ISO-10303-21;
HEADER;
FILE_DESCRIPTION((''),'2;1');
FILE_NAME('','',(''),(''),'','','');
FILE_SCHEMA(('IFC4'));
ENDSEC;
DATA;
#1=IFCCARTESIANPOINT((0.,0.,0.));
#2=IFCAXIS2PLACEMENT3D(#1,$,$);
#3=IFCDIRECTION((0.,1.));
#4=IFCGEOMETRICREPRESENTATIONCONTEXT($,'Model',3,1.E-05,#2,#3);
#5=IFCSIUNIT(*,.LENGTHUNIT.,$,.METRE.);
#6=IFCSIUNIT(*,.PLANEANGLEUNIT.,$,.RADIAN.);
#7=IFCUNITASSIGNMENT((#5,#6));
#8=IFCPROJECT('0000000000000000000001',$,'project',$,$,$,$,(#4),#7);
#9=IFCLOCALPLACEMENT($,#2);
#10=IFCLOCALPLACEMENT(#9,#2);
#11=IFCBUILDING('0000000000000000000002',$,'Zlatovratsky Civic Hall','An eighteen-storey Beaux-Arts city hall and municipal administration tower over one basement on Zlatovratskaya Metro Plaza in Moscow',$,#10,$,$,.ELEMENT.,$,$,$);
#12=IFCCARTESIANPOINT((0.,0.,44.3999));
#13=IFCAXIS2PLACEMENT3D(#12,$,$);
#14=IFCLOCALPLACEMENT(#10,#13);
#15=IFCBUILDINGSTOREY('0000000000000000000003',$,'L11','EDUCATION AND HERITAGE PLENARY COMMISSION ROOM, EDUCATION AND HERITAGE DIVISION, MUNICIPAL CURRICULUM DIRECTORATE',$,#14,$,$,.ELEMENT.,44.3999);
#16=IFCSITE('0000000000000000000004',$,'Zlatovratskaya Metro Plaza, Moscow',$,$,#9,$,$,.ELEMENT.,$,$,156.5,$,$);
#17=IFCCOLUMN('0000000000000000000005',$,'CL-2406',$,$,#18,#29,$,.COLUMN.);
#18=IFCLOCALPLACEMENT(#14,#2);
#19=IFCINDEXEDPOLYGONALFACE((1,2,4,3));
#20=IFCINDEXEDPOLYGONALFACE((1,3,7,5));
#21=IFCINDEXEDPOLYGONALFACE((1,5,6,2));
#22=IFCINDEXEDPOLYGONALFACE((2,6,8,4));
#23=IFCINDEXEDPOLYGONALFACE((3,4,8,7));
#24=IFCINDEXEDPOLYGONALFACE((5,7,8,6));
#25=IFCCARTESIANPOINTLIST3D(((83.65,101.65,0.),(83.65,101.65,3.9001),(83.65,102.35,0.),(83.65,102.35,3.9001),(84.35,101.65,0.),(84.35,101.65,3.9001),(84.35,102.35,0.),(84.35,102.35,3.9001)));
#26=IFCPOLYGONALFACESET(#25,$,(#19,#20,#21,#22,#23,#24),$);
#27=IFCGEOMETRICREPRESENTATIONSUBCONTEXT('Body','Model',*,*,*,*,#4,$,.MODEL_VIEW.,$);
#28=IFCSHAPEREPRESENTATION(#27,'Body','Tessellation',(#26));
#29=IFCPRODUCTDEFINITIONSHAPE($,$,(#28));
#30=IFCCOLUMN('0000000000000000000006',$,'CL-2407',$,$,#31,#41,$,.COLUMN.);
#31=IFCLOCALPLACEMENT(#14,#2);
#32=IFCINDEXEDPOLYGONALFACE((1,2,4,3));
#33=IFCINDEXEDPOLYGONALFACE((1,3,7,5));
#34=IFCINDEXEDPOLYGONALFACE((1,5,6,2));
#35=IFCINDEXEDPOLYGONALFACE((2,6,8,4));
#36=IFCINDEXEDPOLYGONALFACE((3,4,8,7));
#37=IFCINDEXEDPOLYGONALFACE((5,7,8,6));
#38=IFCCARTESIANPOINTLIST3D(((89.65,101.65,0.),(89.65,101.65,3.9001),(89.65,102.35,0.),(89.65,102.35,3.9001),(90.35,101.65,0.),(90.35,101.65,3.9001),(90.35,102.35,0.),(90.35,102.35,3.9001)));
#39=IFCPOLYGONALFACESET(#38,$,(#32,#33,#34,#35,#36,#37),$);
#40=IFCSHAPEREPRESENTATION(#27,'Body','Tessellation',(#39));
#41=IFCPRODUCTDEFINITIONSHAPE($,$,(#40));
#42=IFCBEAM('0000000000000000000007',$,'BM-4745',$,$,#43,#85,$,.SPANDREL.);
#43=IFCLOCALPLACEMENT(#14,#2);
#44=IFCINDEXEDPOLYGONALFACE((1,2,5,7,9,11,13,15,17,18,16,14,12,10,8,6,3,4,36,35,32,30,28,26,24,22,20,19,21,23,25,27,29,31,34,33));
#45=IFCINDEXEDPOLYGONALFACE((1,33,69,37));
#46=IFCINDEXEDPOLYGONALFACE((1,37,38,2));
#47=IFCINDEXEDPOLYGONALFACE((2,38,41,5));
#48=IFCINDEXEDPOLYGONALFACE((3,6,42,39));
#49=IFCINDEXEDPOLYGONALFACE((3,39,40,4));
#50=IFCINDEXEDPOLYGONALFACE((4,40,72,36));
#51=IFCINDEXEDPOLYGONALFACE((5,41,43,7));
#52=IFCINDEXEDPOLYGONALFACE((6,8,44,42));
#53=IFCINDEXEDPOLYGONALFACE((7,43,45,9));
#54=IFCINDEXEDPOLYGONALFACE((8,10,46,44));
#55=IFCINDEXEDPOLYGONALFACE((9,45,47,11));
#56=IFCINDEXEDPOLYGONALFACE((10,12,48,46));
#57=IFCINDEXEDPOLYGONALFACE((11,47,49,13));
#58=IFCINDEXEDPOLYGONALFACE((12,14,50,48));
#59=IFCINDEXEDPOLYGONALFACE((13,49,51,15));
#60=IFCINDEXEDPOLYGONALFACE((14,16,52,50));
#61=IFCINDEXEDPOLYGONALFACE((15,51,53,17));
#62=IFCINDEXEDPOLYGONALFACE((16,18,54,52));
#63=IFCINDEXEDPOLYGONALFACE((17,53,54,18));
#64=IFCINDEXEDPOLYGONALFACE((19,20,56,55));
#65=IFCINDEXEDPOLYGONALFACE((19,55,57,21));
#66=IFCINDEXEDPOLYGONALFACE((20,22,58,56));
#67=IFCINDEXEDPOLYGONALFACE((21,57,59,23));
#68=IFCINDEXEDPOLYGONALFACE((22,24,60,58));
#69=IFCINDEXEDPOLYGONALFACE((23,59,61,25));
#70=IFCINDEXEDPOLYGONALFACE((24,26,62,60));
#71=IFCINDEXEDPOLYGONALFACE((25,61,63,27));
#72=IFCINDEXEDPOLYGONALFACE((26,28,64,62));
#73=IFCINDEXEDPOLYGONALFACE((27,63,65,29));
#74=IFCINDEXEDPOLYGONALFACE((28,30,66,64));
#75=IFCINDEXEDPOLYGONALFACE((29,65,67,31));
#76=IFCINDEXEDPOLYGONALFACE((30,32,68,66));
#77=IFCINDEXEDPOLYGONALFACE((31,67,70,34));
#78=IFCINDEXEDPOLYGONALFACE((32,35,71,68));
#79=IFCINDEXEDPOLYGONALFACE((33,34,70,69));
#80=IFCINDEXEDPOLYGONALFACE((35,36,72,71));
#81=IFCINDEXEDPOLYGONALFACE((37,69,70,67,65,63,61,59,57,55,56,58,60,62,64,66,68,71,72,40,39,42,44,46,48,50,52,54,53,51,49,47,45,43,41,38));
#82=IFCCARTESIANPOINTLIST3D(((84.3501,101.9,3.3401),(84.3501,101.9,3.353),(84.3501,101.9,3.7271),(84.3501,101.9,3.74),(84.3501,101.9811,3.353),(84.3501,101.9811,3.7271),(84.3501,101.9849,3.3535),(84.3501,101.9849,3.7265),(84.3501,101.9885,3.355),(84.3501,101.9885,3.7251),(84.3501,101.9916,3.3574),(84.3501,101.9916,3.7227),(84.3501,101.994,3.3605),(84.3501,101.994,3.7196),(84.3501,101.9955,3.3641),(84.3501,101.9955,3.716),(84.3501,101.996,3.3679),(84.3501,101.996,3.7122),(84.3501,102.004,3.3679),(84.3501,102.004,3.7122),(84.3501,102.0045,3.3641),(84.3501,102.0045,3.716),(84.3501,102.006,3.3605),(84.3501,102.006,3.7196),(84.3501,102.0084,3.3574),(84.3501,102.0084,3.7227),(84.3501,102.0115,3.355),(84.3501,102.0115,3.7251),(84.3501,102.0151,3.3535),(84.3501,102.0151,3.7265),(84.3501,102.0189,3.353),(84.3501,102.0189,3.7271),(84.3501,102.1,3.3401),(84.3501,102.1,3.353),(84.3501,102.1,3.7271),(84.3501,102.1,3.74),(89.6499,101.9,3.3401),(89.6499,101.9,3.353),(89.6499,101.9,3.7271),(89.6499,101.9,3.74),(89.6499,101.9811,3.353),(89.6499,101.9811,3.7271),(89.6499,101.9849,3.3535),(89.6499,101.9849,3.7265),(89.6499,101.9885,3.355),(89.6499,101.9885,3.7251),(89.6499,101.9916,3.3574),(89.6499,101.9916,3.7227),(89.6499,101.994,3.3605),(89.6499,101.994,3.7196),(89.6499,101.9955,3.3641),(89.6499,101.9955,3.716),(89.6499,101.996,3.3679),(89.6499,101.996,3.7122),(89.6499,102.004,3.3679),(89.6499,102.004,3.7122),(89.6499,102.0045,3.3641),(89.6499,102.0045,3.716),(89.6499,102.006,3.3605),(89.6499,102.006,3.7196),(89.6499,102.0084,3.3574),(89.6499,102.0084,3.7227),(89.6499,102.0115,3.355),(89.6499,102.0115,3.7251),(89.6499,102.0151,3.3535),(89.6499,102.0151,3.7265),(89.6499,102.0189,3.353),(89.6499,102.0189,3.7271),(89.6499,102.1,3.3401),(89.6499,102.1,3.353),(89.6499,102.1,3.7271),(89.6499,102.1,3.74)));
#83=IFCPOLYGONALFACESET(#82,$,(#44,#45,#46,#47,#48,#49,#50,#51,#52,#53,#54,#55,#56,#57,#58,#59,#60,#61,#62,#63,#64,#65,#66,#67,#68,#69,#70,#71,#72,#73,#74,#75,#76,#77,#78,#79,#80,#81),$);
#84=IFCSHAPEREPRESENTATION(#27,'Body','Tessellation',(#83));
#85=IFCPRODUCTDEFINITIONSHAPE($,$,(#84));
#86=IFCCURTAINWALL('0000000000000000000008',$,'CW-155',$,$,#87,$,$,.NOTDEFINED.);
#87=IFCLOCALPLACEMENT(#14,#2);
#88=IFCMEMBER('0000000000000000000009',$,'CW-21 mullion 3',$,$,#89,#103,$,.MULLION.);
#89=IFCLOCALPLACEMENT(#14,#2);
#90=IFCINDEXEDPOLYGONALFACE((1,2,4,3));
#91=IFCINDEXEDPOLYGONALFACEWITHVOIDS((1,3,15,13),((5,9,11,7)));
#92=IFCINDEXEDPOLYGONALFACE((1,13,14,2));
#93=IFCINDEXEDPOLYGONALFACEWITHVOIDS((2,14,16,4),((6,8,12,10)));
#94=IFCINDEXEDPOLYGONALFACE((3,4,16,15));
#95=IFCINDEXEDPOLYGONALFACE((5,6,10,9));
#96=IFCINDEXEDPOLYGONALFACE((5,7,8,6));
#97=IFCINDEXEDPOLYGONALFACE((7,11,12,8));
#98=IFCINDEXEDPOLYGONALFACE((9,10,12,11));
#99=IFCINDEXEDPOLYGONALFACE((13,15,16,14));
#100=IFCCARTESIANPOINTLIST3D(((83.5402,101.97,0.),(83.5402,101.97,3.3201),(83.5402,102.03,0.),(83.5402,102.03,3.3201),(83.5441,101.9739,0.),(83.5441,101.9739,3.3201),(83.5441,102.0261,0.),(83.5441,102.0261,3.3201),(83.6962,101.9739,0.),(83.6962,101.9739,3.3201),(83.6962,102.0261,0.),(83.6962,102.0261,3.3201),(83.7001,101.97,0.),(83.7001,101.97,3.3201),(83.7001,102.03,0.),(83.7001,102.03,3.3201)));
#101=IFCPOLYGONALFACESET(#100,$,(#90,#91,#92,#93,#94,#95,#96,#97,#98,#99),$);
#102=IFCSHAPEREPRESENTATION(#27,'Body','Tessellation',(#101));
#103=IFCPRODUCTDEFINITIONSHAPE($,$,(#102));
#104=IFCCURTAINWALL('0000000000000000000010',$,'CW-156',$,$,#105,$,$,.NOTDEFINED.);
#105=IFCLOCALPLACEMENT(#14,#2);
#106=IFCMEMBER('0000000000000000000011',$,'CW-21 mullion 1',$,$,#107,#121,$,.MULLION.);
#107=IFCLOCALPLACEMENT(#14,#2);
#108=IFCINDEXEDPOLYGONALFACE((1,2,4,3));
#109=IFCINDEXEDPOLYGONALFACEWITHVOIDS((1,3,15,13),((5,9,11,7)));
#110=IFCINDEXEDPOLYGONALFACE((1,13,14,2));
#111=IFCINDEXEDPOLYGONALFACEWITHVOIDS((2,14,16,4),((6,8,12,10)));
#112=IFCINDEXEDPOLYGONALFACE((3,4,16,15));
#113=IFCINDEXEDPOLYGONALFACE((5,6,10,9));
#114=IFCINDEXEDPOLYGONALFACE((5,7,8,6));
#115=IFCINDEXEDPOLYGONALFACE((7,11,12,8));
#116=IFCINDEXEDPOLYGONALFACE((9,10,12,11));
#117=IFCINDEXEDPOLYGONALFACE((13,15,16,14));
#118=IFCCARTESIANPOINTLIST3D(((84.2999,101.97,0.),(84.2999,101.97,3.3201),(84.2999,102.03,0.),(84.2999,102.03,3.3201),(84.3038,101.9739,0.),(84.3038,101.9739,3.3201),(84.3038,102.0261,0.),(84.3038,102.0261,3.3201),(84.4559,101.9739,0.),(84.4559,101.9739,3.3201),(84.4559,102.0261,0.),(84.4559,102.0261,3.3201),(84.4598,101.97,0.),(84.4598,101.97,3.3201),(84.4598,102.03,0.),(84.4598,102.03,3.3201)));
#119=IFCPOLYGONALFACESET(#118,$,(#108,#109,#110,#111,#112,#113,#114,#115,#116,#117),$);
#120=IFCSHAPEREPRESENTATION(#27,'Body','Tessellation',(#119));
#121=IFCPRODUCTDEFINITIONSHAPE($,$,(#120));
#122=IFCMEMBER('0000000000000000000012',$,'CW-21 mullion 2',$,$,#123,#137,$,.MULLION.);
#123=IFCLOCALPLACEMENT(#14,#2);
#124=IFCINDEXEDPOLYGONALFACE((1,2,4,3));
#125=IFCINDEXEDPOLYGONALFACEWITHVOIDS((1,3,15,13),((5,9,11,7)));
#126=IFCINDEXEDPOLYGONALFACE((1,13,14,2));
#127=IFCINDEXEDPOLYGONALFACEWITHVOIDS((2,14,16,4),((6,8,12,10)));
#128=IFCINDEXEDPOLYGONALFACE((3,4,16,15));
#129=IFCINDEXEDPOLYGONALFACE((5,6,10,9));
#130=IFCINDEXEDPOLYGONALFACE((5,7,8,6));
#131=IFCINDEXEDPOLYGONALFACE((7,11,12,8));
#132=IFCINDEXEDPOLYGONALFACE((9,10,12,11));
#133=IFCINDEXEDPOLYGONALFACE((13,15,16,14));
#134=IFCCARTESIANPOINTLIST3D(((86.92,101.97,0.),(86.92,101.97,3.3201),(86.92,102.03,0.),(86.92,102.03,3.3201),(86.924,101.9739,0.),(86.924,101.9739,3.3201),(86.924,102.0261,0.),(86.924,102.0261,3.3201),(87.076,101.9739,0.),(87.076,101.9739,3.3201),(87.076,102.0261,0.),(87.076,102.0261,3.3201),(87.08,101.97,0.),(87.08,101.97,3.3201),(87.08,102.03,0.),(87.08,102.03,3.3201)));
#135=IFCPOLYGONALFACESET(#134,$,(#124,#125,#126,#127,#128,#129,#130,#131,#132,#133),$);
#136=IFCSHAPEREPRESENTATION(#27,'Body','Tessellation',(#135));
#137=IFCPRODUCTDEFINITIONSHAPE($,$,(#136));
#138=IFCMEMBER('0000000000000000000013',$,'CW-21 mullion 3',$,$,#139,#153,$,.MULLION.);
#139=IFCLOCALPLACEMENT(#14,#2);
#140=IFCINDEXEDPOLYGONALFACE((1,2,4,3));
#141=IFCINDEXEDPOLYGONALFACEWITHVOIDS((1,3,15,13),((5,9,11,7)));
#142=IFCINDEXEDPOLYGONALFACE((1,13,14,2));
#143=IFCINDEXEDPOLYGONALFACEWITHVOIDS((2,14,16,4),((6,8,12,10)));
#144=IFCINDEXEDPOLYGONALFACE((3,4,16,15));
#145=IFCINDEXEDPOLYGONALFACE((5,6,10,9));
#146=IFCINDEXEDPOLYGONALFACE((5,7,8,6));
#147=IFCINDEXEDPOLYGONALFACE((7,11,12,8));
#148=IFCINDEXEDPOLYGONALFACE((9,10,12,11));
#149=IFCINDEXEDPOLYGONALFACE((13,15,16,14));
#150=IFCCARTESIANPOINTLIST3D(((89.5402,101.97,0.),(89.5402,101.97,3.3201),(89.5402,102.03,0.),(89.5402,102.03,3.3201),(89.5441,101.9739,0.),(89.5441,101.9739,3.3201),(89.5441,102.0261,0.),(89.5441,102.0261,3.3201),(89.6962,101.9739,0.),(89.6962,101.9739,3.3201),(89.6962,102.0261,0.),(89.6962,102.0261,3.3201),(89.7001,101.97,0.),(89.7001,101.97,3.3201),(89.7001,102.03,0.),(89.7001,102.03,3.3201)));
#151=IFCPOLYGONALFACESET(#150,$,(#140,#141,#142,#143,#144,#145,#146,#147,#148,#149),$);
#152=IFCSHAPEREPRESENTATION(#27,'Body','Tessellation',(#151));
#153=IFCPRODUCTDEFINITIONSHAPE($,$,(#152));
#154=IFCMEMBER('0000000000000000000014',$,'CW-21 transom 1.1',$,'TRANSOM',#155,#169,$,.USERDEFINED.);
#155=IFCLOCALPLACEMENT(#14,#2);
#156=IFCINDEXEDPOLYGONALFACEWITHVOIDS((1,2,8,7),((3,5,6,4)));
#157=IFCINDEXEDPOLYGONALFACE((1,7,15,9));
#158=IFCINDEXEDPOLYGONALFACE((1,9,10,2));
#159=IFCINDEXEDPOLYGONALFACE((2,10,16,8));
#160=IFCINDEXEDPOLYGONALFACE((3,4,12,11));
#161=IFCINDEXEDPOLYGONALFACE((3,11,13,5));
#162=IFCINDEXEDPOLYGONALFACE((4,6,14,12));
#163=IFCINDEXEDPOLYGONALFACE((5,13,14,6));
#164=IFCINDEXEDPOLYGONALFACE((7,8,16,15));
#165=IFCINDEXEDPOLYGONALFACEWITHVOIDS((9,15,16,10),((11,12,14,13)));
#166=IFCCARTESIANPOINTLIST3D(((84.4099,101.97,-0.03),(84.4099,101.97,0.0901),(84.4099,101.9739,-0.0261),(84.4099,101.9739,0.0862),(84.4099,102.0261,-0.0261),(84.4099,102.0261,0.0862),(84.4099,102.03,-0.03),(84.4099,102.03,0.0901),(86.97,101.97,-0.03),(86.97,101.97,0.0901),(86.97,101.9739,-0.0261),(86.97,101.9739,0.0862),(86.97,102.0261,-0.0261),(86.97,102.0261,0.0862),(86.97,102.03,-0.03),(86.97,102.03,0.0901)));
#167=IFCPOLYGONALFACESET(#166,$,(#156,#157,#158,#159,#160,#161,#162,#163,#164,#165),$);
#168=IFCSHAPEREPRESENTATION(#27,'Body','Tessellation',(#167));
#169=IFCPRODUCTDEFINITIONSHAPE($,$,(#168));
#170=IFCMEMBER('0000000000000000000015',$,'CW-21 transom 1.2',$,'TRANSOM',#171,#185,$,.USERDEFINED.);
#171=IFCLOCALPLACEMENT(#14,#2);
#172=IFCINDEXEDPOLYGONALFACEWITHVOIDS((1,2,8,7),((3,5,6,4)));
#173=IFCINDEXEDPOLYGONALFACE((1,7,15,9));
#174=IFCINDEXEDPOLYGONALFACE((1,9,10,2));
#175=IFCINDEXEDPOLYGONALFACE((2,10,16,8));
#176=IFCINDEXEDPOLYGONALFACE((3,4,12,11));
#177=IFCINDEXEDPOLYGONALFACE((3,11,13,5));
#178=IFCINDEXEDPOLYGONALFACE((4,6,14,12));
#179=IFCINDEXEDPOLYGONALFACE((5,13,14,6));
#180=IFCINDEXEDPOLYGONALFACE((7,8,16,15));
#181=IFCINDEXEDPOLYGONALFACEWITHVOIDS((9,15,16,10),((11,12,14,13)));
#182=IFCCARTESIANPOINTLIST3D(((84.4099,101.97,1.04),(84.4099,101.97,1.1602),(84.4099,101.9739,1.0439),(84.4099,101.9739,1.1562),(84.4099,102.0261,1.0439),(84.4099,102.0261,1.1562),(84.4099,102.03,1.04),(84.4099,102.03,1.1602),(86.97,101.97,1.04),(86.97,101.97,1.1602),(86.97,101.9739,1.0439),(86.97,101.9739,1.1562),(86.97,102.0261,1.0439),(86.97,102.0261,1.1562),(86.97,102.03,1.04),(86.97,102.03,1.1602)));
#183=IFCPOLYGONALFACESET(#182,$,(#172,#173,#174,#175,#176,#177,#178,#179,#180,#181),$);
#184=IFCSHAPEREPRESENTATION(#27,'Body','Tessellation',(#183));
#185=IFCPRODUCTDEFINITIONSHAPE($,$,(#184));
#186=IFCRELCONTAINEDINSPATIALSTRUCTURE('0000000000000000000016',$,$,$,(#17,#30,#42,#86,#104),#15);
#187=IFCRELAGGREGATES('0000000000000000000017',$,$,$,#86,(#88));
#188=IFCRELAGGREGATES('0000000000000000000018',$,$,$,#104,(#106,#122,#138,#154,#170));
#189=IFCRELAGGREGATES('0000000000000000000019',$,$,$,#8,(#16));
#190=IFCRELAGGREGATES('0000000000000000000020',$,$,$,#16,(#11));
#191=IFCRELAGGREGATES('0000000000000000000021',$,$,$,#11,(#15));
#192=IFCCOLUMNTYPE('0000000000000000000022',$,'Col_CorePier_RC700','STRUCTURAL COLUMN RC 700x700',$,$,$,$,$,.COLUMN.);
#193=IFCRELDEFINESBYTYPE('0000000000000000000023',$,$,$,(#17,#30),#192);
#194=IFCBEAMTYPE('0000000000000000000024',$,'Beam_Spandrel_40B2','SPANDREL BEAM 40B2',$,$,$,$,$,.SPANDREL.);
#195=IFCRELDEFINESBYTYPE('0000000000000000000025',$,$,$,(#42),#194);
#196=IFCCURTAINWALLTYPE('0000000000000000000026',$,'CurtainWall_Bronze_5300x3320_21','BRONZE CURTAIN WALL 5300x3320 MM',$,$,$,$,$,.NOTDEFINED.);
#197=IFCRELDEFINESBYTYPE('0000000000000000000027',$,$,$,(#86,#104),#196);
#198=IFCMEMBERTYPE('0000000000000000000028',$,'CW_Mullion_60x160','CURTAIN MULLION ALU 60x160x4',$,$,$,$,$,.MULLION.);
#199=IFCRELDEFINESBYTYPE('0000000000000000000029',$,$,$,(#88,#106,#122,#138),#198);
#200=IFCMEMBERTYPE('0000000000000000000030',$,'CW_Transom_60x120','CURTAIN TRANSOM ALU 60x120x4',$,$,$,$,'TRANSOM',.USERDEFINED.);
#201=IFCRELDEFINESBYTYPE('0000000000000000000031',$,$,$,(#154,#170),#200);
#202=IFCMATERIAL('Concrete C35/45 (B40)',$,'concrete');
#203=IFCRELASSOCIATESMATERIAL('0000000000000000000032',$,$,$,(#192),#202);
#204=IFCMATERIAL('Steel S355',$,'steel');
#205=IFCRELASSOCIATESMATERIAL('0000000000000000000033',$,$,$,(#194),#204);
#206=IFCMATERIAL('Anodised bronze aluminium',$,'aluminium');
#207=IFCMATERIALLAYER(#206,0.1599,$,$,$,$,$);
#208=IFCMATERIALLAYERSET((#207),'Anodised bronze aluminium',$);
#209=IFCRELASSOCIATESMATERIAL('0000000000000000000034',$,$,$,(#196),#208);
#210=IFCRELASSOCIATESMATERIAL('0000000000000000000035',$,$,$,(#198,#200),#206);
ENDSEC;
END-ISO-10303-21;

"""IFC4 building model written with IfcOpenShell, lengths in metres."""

from ifc_helpers import new_model, si_unit, direction, frame, origin, origin_2d, place, context, subcontext, project, spatial, rectangle, hollow_rectangle, i_section, extrude, material, layer, layer_set, material_profile, profile_set, type_object, element, aggregate, save


model = new_model("IFC4")

# Units and contexts
model_context = context("Model", 3, precision=1e-05, world=origin(), true_north=direction((0.0, 1.0)))
body_context = subcontext(model_context, "Body", "Model", "MODEL_VIEW")
ifc_project = project(units=[si_unit("LENGTHUNIT", "METRE"), si_unit("PLANEANGLEUNIT", "RADIAN")], contexts=[model_context])

# Site, building, storey
site_placement = place(None, origin())
site = spatial("IfcSite", under=ifc_project, at=site_placement, Name="Zlatovratskaya Metro Plaza, Moscow", CompositionType="ELEMENT", RefElevation=156.5)
building_placement = place(site_placement, origin())
building = spatial("IfcBuilding", under=site, at=building_placement, Name="Zlatovratsky Civic Hall", Description="An eighteen-storey Beaux-Arts city hall and municipal administration tower over one basement on Zlatovratskaya Metro Plaza in Moscow", CompositionType="ELEMENT")
storey_placement = place(building_placement, frame((0.0, 0.0, 44.3999)))
storey = spatial("IfcBuildingStorey", under=building, at=storey_placement, Name="L11", Description="EDUCATION AND HERITAGE PLENARY COMMISSION ROOM, EDUCATION AND HERITAGE DIVISION, MUNICIPAL CURRICULUM DIRECTORATE", CompositionType="ELEMENT", Elevation=44.3999)

# Columns
ifc_material_1 = material(Name="Concrete C35/45 (B40)", Category="concrete")
ifc_material_profile_1 = material_profile(ifc_material_1, rectangle(XDim=0.7, YDim=0.7, at=origin_2d()), Name="RC 700x700")
ifc_profile_set_1 = profile_set([ifc_material_profile_1], Name="Concrete C35/45 (B40)")
column_type = type_object("IfcColumnType", Name="Col_CorePier_RC700", Description="STRUCTURAL COLUMN RC 700x700", PredefinedType="COLUMN", material=ifc_profile_set_1)
for number, where, z_axis, x_axis, name in (
    (1, (84.0, 102.0, 0.0), (0.0, 0.0, 1.0), (1.0, 0.0, 0.0), "CL-2406"),
    (2, (90.0, 102.0, 0.0), (0.0, 0.0, 1.0), (1.0, 0.0, 0.0), "CL-2407"),
):
    element("IfcColumn", number, at=place(storey_placement, frame(where, z_axis=z_axis, x_axis=x_axis)), inside=storey, type_object=column_type, Name=name, PredefinedType="COLUMN", context=body_context, shape_type="SweptSolid", body=[
        extrude(rectangle(XDim=0.7, YDim=0.7, at=origin_2d()), origin(), (0.0, 0.0, 1.0), 3.9001),
    ])

# Beam
ifc_material_2 = material(Name="Steel S355", Category="steel")
ifc_material_profile_2 = material_profile(ifc_material_2, i_section(OverallWidth=0.2, OverallDepth=0.3999, WebThickness=0.0081, FlangeThickness=0.0129, FilletRadius=0.0149, at=origin_2d()), Name="40B2")
ifc_profile_set_2 = profile_set([ifc_material_profile_2], Name="Steel S355")
beam_type = type_object("IfcBeamType", Name="Beam_Spandrel_40B2", Description="SPANDREL BEAM 40B2", PredefinedType="SPANDREL", material=ifc_profile_set_2)
beam_placement = place(storey_placement, frame((84.3501, 102.0, 3.54), z_axis=(1.0, 0.0, 0.0), x_axis=(0.0, 1.0, 0.0)))
element("IfcBeam", 3, at=beam_placement, inside=storey, type_object=beam_type, Name="BM-4745", PredefinedType="SPANDREL", context=body_context, shape_type="SweptSolid", body=[
    extrude(i_section(OverallWidth=0.2, OverallDepth=0.3999, WebThickness=0.0081, FlangeThickness=0.0129, FilletRadius=0.0149, at=origin_2d()), origin(), (0.0, 0.0, 1.0), 5.2998),
])

# Curtain wall, member
ifc_material_3 = material(Name="Anodised bronze aluminium", Category="aluminium")
ifc_layer_1 = layer(ifc_material_3, 0.1599)
ifc_layer_set_1 = layer_set([ifc_layer_1], Name="Anodised bronze aluminium")
curtain_wall_type = type_object("IfcCurtainWallType", Name="CurtainWall_Bronze_5300x3320_21", Description="BRONZE CURTAIN WALL 5300x3320 MM", PredefinedType="NOTDEFINED", material=ifc_layer_set_1)
curtain_wall_1_placement = place(storey_placement, origin())
curtain_wall_1 = element("IfcCurtainWall", 4, at=curtain_wall_1_placement, inside=storey, type_object=curtain_wall_type, Name="CW-155", PredefinedType="NOTDEFINED")
ifc_material_profile_3 = material_profile(ifc_material_3, hollow_rectangle(XDim=0.0601, YDim=0.1599, WallThickness=0.0039, at=origin_2d()), Name="ALU 60x160x4")
ifc_profile_set_3 = profile_set([ifc_material_profile_3], Name="Anodised bronze aluminium")
member_type_1 = type_object("IfcMemberType", Name="CW_Mullion_60x160", Description="CURTAIN MULLION ALU 60x160x4", PredefinedType="MULLION", material=ifc_profile_set_3)
member_1_placement = place(storey_placement, frame((83.6201, 102.0, 0.0), z_axis=(0.0, 0.0, 1.0), x_axis=(0.0, 1.0, 0.0)))
member_1 = element("IfcMember", 5, at=member_1_placement, type_object=member_type_1, Name="CW-21 mullion 3", PredefinedType="MULLION", context=body_context, shape_type="SweptSolid", body=[
    extrude(hollow_rectangle(XDim=0.0601, YDim=0.1599, WallThickness=0.0039, at=origin_2d()), origin(), (0.0, 0.0, 1.0), 3.3201),
])

# Curtain wall, members
curtain_wall_2_placement = place(storey_placement, origin())
curtain_wall_2 = element("IfcCurtainWall", 6, at=curtain_wall_2_placement, inside=storey, type_object=curtain_wall_type, Name="CW-156", PredefinedType="NOTDEFINED")
member_2_placement = place(storey_placement, frame((84.3799, 102.0, 0.0), z_axis=(0.0, 0.0, 1.0), x_axis=(0.0, 1.0, 0.0)))
member_2 = element("IfcMember", 7, at=member_2_placement, type_object=member_type_1, Name="CW-21 mullion 1", PredefinedType="MULLION", context=body_context, shape_type="SweptSolid", body=[
    extrude(hollow_rectangle(XDim=0.0601, YDim=0.1599, WallThickness=0.0039, at=origin_2d()), origin(), (0.0, 0.0, 1.0), 3.3201),
])
member_3_placement = place(storey_placement, frame((87.0, 102.0, 0.0), z_axis=(0.0, 0.0, 1.0), x_axis=(0.0, 1.0, 0.0)))
member_3 = element("IfcMember", 8, at=member_3_placement, type_object=member_type_1, Name="CW-21 mullion 2", PredefinedType="MULLION", context=body_context, shape_type="SweptSolid", body=[
    extrude(hollow_rectangle(XDim=0.0601, YDim=0.1599, WallThickness=0.0039, at=origin_2d()), origin(), (0.0, 0.0, 1.0), 3.3201),
])
member_4_placement = place(storey_placement, frame((89.6201, 102.0, 0.0), z_axis=(0.0, 0.0, 1.0), x_axis=(0.0, 1.0, 0.0)))
member_4 = element("IfcMember", 9, at=member_4_placement, type_object=member_type_1, Name="CW-21 mullion 3", PredefinedType="MULLION", context=body_context, shape_type="SweptSolid", body=[
    extrude(hollow_rectangle(XDim=0.0601, YDim=0.1599, WallThickness=0.0039, at=origin_2d()), origin(), (0.0, 0.0, 1.0), 3.3201),
])
ifc_material_profile_4 = material_profile(ifc_material_3, hollow_rectangle(XDim=0.0601, YDim=0.1201, WallThickness=0.0039, at=origin_2d()), Name="ALU 60x120x4")
ifc_profile_set_4 = profile_set([ifc_material_profile_4], Name="Anodised bronze aluminium")
member_type_2 = type_object("IfcMemberType", Name="CW_Transom_60x120", Description="CURTAIN TRANSOM ALU 60x120x4", ElementType="TRANSOM", PredefinedType="USERDEFINED", material=ifc_profile_set_4)
member_5_placement = place(storey_placement, frame((84.4099, 102.0, 0.03), z_axis=(1.0, 0.0, 0.0), x_axis=(0.0, 1.0, 0.0)))
member_5 = element("IfcMember", 10, at=member_5_placement, type_object=member_type_2, Name="CW-21 transom 1.1", ObjectType="TRANSOM", PredefinedType="USERDEFINED", context=body_context, shape_type="SweptSolid", body=[
    extrude(hollow_rectangle(XDim=0.0601, YDim=0.1201, WallThickness=0.0039, at=origin_2d()), origin(), (0.0, 0.0, 1.0), 2.5601),
])
member_6_placement = place(storey_placement, frame((84.4099, 102.0, 1.1001), z_axis=(1.0, 0.0, 0.0), x_axis=(0.0, 1.0, 0.0)))
member_6 = element("IfcMember", 11, at=member_6_placement, type_object=member_type_2, Name="CW-21 transom 1.2", ObjectType="TRANSOM", PredefinedType="USERDEFINED", context=body_context, shape_type="SweptSolid", body=[
    extrude(hollow_rectangle(XDim=0.0601, YDim=0.1201, WallThickness=0.0039, at=origin_2d()), origin(), (0.0, 0.0, 1.0), 2.5601),
])

aggregate(curtain_wall_1, [member_1])
aggregate(curtain_wall_2, [member_2, member_3, member_4, member_5, member_6])

save(model, "model.ifc")
